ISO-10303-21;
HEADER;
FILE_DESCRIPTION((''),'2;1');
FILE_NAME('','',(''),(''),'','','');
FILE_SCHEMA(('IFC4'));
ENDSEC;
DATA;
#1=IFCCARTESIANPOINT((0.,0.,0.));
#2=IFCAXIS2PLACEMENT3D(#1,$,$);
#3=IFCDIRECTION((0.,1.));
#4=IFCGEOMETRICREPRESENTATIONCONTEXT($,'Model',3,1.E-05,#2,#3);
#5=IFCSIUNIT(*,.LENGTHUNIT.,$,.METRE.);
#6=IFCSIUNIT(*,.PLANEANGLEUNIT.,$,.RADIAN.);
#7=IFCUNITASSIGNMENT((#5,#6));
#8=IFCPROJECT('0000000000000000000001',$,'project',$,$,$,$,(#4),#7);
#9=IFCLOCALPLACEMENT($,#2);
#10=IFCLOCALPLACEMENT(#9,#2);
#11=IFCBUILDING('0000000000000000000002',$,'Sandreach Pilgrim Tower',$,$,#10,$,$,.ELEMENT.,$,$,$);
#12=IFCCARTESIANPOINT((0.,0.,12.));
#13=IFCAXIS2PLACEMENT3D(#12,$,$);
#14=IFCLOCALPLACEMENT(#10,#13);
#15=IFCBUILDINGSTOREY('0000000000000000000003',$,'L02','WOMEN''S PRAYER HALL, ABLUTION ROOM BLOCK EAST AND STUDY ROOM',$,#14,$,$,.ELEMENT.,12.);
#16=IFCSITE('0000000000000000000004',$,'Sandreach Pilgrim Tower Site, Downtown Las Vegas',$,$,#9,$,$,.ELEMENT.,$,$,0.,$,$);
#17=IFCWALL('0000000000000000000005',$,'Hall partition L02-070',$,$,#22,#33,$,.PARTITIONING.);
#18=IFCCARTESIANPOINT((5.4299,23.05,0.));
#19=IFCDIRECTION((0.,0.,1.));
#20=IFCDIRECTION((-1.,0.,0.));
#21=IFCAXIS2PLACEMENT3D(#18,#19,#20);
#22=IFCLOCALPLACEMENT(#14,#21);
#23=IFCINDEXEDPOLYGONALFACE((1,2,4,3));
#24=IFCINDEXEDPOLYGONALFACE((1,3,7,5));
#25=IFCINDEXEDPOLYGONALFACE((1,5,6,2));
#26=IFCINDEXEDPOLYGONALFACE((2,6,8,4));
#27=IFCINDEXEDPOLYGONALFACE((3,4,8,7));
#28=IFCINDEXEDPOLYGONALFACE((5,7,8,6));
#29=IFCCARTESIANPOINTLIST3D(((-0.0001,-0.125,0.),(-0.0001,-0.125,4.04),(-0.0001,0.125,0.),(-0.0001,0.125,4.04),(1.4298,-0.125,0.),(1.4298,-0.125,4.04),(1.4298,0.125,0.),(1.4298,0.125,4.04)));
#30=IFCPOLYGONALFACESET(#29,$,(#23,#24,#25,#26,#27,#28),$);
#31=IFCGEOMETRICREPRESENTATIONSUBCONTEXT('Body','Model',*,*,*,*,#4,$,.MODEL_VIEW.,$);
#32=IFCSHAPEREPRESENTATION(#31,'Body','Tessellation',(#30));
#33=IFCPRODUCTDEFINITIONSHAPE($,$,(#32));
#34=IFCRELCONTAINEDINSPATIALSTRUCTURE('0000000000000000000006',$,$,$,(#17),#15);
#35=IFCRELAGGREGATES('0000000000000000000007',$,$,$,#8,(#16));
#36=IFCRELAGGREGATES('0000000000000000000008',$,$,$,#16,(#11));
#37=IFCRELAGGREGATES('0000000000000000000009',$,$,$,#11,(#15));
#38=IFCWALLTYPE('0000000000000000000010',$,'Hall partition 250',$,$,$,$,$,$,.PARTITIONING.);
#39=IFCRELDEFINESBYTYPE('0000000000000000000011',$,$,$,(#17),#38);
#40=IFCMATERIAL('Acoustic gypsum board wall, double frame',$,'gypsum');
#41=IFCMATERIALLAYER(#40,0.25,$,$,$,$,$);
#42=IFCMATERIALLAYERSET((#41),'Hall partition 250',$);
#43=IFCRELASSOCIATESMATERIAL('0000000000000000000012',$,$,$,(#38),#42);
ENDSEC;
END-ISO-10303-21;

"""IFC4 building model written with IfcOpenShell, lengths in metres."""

from ifc_helpers import new_model, si_unit, direction, frame, frame_2d, origin, place, context, subcontext, project, spatial, rectangle, extrude, material, layer, layer_set, type_object, element, save


model = new_model("IFC4")

# Units and contexts
model_context = context("Model", 3, precision=1e-05, world=origin(), true_north=direction((0.0, 1.0)))
body_context = subcontext(model_context, "Body", "Model", "MODEL_VIEW")
ifc_project = project(units=[si_unit("LENGTHUNIT", "METRE"), si_unit("PLANEANGLEUNIT", "RADIAN")], contexts=[model_context])

# Site, building, storey
site_placement = place(None, origin())
site = spatial("IfcSite", under=ifc_project, at=site_placement, Name="Sandreach Pilgrim Tower Site, Downtown Las Vegas", CompositionType="ELEMENT", RefElevation=0.0)
building_placement = place(site_placement, origin())
building = spatial("IfcBuilding", under=site, at=building_placement, Name="Sandreach Pilgrim Tower", CompositionType="ELEMENT")
storey_placement = place(building_placement, frame((0.0, 0.0, 12.0)))
storey = spatial("IfcBuildingStorey", under=building, at=storey_placement, Name="L02", Description="WOMEN'S PRAYER HALL, ABLUTION ROOM BLOCK EAST AND STUDY ROOM", CompositionType="ELEMENT", Elevation=12.0)

# Wall
ifc_material_1 = material(Name="Acoustic gypsum board wall, double frame", Category="gypsum")
ifc_layer_1 = layer(ifc_material_1, 0.25)
ifc_layer_set_1 = layer_set([ifc_layer_1], Name="Hall partition 250")
wall_type_1 = type_object("IfcWallType", Name="Hall partition 250", PredefinedType="PARTITIONING", material=ifc_layer_set_1)
wall_1_placement = place(storey_placement, frame((5.4299, 23.05, 0.0), z_axis=(0.0, 0.0, 1.0), x_axis=(-1.0, 0.0, 0.0)))
element("IfcWall", 1, at=wall_1_placement, inside=storey, type_object=wall_type_1, Name="Hall partition L02-070", PredefinedType="PARTITIONING", context=body_context, shape_type="SweptSolid", body=[
    extrude(rectangle(XDim=1.4299, YDim=0.25, at=frame_2d((0.7148, 0.0))), origin(), (0.0, 0.0, 1.0), 4.04),
])

save(model, "model.ifc")
